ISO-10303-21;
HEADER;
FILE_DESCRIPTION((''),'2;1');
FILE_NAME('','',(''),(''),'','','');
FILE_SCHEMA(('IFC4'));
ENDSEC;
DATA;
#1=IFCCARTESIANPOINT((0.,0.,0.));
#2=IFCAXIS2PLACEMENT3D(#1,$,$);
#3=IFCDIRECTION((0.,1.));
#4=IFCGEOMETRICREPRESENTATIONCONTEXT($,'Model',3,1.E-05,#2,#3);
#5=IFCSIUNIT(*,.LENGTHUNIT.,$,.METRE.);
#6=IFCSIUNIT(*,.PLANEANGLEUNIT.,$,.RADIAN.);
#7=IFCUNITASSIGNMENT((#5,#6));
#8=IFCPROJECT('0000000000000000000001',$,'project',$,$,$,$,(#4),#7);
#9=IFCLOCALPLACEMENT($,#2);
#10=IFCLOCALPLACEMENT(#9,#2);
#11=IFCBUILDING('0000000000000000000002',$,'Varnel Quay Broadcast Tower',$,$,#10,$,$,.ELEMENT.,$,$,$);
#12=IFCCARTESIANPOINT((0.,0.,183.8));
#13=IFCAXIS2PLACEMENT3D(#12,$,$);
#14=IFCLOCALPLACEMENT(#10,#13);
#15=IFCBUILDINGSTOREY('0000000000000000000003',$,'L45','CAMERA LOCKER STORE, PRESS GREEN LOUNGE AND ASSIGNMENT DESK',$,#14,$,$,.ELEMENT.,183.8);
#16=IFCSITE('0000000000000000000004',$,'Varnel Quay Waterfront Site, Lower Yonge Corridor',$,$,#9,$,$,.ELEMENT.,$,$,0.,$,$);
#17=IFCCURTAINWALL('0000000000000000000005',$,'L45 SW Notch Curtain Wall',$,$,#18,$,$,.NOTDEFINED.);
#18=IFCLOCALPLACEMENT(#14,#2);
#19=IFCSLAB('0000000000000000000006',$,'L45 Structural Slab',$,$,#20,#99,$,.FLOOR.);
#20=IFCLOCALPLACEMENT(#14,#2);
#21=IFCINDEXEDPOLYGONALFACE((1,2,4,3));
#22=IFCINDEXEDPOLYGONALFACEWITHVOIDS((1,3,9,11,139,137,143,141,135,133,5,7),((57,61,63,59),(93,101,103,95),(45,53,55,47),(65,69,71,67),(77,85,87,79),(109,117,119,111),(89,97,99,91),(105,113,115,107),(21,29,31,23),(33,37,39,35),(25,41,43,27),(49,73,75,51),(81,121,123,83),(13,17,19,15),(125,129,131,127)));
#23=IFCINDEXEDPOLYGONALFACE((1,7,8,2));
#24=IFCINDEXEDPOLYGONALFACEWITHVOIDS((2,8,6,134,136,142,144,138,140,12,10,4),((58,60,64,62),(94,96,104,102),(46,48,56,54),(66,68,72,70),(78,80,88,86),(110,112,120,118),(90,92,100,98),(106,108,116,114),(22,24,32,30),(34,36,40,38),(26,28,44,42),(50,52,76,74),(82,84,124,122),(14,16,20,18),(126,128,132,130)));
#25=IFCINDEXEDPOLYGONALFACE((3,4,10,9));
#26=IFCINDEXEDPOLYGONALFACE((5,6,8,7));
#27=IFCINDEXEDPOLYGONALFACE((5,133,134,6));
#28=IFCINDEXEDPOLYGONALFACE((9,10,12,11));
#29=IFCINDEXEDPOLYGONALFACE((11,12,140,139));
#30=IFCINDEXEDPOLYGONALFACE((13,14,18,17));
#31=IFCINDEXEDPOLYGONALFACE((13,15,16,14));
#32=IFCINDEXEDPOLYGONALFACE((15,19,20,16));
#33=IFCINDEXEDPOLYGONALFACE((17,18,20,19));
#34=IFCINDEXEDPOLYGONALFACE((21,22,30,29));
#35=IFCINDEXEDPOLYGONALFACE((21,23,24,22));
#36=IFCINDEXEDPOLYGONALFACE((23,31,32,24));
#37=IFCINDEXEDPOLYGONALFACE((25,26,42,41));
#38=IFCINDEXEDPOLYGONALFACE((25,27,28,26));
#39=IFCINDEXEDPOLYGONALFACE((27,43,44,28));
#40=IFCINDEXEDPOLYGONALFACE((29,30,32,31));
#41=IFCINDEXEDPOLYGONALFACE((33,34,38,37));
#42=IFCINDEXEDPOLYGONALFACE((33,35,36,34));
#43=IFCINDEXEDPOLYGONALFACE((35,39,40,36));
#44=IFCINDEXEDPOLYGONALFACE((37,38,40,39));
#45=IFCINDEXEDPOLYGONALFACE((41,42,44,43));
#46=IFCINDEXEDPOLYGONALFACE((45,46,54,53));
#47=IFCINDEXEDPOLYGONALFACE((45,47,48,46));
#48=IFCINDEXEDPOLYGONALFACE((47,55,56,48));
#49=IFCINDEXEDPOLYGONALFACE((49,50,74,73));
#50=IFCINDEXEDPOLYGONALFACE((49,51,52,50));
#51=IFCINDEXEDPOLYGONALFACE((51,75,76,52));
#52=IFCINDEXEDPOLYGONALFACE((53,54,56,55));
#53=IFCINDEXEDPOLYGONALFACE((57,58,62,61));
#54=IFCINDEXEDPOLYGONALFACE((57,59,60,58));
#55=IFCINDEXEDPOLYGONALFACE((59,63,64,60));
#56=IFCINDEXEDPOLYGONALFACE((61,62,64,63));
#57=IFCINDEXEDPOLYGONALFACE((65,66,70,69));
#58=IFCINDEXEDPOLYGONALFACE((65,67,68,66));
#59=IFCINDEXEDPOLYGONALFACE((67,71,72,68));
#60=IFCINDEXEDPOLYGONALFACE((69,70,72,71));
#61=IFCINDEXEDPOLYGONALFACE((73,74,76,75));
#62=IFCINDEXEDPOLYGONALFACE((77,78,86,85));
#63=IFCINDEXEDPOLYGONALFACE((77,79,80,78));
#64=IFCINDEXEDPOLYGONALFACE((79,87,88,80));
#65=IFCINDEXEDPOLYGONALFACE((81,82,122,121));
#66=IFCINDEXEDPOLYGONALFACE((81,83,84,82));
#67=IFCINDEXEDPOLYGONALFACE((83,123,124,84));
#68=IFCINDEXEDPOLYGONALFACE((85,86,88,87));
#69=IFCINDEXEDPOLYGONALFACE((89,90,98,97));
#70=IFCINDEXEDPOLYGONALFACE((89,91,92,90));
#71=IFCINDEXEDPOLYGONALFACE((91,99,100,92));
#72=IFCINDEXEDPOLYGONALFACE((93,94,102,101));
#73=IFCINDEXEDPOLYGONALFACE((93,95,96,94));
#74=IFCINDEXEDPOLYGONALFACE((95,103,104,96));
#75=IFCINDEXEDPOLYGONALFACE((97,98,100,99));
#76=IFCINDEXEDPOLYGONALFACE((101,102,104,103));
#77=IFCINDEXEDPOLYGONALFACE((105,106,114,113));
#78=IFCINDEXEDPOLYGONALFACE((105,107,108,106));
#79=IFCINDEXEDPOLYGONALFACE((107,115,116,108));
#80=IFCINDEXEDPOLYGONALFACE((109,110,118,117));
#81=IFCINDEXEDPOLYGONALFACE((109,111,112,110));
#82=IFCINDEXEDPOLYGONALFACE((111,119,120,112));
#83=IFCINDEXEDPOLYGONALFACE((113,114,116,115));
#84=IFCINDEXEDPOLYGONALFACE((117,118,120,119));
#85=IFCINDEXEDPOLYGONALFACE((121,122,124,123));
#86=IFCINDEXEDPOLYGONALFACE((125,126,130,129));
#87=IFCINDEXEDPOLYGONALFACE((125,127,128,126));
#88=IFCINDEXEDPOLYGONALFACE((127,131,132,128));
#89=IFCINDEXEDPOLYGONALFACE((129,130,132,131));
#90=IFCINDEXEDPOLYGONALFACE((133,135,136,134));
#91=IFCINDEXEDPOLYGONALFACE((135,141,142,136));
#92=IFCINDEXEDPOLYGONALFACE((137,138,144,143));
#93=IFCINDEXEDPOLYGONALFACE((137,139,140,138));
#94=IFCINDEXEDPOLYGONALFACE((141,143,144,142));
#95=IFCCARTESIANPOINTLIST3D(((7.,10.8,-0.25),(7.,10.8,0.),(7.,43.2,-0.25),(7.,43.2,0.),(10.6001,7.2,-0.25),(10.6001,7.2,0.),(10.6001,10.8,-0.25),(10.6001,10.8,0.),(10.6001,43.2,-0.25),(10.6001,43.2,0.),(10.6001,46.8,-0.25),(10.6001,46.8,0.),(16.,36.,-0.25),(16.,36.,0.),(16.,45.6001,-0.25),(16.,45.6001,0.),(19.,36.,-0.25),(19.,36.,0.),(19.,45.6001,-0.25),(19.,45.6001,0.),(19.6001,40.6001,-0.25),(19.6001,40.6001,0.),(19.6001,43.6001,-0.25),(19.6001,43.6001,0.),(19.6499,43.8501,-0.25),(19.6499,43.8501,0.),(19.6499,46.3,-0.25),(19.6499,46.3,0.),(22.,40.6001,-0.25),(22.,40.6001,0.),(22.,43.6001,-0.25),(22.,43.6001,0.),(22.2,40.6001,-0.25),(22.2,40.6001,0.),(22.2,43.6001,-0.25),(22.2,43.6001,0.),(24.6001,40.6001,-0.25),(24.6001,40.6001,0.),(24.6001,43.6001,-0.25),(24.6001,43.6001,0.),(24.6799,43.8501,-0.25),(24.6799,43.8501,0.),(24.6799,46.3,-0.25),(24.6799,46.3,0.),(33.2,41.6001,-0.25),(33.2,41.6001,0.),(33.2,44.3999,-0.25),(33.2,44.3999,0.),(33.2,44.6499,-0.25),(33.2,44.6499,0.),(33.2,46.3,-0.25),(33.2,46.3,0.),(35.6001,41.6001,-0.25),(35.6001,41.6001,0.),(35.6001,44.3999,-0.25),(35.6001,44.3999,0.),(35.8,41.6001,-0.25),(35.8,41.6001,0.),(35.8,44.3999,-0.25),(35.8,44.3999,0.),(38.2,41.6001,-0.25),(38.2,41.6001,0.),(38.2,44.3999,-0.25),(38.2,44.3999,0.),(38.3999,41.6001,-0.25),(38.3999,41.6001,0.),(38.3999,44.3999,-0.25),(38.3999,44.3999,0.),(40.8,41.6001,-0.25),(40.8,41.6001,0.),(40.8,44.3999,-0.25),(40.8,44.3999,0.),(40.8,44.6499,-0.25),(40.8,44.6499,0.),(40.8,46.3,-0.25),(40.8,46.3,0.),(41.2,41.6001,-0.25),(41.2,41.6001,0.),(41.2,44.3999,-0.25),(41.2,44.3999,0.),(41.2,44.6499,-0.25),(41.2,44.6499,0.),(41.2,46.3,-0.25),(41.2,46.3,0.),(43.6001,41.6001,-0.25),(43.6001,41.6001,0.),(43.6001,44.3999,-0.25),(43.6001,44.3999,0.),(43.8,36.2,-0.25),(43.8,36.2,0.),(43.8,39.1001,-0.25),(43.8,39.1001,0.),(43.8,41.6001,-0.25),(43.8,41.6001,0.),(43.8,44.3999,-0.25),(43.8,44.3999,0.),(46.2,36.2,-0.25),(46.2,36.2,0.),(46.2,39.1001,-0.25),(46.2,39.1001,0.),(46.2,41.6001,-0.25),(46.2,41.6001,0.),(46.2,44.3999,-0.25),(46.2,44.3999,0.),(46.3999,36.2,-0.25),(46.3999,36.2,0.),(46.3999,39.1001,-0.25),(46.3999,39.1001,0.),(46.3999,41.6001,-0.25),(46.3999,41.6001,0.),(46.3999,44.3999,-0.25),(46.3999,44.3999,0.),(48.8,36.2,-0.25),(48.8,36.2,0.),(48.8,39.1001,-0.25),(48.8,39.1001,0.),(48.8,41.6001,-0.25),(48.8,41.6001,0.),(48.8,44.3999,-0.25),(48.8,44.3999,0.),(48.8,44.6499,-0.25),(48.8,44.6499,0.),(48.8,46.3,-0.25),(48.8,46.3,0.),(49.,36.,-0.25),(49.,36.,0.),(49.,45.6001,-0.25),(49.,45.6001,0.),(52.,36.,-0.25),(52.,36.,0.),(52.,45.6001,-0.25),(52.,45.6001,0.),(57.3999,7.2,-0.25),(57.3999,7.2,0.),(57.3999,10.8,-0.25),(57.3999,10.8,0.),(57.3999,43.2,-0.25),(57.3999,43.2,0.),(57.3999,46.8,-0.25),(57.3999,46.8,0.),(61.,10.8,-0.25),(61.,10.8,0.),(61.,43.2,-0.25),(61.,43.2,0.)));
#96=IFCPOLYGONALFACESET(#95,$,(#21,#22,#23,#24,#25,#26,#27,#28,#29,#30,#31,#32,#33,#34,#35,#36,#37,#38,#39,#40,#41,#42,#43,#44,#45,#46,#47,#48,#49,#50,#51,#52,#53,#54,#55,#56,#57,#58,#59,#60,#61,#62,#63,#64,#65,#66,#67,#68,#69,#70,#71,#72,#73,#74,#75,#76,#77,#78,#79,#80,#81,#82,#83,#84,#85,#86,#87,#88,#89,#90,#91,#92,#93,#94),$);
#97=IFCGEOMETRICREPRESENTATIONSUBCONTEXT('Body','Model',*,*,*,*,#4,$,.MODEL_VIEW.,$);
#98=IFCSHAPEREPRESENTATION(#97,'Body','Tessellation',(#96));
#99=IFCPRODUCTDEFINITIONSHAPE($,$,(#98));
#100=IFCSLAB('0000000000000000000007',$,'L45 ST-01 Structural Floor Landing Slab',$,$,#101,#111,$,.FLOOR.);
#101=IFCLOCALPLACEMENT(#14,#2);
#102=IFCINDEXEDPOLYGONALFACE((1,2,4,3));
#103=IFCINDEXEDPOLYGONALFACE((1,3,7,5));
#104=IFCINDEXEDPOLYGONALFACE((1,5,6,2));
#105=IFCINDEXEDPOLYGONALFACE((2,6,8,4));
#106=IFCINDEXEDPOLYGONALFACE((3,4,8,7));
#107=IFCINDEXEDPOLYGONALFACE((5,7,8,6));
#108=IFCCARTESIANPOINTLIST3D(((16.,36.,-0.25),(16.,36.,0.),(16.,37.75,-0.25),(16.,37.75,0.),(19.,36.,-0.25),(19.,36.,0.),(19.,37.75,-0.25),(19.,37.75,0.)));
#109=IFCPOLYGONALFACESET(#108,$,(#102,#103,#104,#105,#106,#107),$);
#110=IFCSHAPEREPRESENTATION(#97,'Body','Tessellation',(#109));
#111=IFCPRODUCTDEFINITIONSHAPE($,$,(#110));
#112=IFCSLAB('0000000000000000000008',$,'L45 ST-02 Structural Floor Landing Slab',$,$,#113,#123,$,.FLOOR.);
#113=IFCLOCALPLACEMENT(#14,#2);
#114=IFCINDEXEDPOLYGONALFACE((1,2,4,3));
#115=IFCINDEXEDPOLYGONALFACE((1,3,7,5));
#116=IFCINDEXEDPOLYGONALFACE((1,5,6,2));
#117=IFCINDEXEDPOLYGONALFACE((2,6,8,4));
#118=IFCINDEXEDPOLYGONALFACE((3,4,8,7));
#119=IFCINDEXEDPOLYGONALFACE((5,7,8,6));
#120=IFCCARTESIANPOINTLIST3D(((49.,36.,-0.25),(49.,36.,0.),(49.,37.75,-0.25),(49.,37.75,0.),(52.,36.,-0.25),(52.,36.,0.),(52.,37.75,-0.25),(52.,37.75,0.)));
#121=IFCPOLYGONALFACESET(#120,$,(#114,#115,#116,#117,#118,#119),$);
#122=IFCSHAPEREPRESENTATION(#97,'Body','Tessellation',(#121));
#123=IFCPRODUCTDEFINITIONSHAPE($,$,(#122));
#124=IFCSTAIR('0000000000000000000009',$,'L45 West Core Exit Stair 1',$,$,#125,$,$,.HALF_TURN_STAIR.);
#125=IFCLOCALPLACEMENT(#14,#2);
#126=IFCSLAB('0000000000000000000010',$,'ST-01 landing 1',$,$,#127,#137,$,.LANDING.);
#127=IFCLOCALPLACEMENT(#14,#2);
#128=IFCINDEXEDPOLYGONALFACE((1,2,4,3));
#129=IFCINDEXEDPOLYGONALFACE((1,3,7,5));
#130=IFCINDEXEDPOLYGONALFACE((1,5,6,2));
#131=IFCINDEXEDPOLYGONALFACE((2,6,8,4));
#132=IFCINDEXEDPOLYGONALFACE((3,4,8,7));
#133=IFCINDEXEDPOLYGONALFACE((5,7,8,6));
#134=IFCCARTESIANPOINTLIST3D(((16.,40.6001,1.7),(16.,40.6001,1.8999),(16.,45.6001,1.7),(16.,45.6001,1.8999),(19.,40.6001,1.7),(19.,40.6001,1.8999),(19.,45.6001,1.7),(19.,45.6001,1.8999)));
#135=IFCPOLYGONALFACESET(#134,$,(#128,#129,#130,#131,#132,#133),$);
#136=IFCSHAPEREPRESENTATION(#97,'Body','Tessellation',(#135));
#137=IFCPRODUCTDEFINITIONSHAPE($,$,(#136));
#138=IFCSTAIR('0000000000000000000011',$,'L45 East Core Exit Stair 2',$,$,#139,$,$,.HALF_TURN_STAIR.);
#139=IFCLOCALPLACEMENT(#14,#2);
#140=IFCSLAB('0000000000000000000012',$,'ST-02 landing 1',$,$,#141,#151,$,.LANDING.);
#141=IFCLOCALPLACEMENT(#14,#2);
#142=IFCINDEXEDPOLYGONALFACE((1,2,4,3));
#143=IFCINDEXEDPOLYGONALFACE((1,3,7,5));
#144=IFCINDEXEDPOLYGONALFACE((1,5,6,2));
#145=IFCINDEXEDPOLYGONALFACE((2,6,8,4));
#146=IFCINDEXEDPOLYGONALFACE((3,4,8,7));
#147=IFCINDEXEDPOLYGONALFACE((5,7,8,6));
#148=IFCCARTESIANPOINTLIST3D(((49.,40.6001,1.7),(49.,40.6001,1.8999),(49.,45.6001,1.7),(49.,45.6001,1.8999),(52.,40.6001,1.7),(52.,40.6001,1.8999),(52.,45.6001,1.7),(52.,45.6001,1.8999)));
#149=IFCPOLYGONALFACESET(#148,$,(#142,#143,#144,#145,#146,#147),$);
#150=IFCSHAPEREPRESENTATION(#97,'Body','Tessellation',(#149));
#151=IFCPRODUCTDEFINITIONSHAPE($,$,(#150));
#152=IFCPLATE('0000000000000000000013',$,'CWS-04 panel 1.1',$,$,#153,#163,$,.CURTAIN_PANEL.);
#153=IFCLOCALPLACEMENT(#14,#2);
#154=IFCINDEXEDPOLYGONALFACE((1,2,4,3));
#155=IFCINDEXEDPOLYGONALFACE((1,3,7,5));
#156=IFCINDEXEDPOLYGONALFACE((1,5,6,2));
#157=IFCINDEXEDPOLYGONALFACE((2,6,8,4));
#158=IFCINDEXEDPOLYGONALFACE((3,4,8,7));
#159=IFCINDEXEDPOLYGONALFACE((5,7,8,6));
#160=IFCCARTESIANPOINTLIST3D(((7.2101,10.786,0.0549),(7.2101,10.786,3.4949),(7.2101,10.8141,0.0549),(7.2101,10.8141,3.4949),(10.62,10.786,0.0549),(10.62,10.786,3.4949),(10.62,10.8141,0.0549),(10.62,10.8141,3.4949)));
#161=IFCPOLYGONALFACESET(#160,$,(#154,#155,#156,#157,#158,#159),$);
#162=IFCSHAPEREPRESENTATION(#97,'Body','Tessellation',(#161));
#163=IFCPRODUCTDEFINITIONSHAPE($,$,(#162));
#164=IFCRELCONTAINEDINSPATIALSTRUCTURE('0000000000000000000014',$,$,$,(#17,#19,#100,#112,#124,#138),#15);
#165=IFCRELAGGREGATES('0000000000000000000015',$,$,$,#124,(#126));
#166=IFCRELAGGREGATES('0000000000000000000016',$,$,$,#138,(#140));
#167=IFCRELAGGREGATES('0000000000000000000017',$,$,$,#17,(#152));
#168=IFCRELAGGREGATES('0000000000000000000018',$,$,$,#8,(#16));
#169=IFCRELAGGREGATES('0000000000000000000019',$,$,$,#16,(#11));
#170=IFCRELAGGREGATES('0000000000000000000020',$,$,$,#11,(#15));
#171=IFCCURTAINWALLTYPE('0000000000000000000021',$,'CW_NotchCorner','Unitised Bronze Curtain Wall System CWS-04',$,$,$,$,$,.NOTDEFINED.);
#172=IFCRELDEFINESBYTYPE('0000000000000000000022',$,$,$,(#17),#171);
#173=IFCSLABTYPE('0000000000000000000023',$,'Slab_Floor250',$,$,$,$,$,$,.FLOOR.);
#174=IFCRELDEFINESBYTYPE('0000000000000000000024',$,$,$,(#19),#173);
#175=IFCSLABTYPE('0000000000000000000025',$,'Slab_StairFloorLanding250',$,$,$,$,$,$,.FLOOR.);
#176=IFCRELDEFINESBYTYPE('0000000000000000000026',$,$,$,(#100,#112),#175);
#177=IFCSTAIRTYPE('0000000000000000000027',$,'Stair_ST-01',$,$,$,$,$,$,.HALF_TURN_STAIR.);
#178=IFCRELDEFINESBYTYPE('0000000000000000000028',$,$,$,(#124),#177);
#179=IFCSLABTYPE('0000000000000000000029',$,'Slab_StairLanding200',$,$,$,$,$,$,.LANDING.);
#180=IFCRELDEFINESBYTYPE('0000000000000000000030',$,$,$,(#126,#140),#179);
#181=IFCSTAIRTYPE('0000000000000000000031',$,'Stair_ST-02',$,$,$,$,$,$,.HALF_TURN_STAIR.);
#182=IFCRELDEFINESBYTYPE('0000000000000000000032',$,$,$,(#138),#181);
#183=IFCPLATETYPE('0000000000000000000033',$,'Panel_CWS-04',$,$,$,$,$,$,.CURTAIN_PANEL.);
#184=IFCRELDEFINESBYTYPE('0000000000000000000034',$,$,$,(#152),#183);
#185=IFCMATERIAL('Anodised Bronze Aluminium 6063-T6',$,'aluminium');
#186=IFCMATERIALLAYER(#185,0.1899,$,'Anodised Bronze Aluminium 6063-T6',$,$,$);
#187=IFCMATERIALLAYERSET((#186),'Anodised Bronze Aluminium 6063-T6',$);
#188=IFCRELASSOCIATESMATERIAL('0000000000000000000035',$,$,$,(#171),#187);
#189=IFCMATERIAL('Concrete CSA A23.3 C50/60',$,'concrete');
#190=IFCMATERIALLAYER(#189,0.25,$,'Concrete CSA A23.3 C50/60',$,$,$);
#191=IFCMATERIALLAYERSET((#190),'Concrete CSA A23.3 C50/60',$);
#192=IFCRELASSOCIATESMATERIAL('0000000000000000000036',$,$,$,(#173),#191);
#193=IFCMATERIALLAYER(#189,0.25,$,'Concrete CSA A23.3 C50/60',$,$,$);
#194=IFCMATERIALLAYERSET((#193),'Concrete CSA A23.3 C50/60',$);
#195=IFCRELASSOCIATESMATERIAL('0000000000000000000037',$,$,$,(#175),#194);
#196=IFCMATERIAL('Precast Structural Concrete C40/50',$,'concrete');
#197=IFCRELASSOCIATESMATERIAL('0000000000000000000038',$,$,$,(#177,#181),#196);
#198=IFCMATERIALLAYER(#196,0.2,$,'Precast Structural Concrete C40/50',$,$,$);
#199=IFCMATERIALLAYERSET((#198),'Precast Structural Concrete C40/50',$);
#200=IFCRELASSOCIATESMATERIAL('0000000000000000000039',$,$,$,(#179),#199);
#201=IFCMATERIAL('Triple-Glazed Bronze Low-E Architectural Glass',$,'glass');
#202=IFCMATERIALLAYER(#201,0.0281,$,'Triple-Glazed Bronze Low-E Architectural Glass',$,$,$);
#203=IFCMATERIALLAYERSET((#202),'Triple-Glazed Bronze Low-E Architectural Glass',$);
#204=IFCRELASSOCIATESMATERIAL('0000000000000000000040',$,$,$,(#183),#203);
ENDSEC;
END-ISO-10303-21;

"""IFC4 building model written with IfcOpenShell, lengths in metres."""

from ifc_helpers import new_model, si_unit, direction, frame, origin, origin_2d, place, context, subcontext, project, spatial, polyline, rectangle, outline, extrude, source, transform, mapped, material, layer, layer_set, type_object, type_shapes, element, aggregate, save


model = new_model("IFC4")

# Units and contexts
model_context = context("Model", 3, precision=1e-05, world=origin(), true_north=direction((0.0, 1.0)))
body_context = subcontext(model_context, "Body", "Model", "MODEL_VIEW")
ifc_project = project(units=[si_unit("LENGTHUNIT", "METRE"), si_unit("PLANEANGLEUNIT", "RADIAN")], contexts=[model_context])

# Site, building, storey
site_placement = place(None, origin())
site = spatial("IfcSite", under=ifc_project, at=site_placement, Name="Varnel Quay Waterfront Site, Lower Yonge Corridor", CompositionType="ELEMENT", RefElevation=0.0)
building_placement = place(site_placement, origin())
building = spatial("IfcBuilding", under=site, at=building_placement, Name="Varnel Quay Broadcast Tower", CompositionType="ELEMENT")
storey_placement = place(building_placement, frame((0.0, 0.0, 183.8)))
storey = spatial("IfcBuildingStorey", under=building, at=storey_placement, Name="L45", Description="CAMERA LOCKER STORE, PRESS GREEN LOUNGE AND ASSIGNMENT DESK", CompositionType="ELEMENT", Elevation=183.8)

# Curtain wall
ifc_material_1 = material(Name="Anodised Bronze Aluminium 6063-T6", Category="aluminium")
ifc_layer_1 = layer(ifc_material_1, 0.1899, Name="Anodised Bronze Aluminium 6063-T6")
ifc_layer_set_1 = layer_set([ifc_layer_1], Name="Anodised Bronze Aluminium 6063-T6")
curtain_wall_type_1 = type_object("IfcCurtainWallType", Name="CW_NotchCorner", Description="Unitised Bronze Curtain Wall System CWS-04", PredefinedType="NOTDEFINED", material=ifc_layer_set_1)
curtain_wall_1_placement = place(storey_placement, origin())
curtain_wall_1 = element("IfcCurtainWall", 1, at=curtain_wall_1_placement, inside=storey, type_object=curtain_wall_type_1, Name="L45 SW Notch Curtain Wall", PredefinedType="NOTDEFINED")

# Slabs
ifc_material_2 = material(Name="Concrete CSA A23.3 C50/60", Category="concrete")
ifc_layer_2 = layer(ifc_material_2, 0.25, Name="Concrete CSA A23.3 C50/60")
ifc_layer_set_2 = layer_set([ifc_layer_2], Name="Concrete CSA A23.3 C50/60")
slab_type_1 = type_object("IfcSlabType", Name="Slab_Floor250", PredefinedType="FLOOR", material=ifc_layer_set_2)
slab_1_placement = place(storey_placement, frame((0.0, 0.0, -0.25)))
element("IfcSlab", 2, at=slab_1_placement, inside=storey, type_object=slab_type_1, Name="L45 Structural Slab", PredefinedType="FLOOR", context=body_context, shape_type="SweptSolid", body=[
    extrude(outline(polyline([(10.6001, 7.2), (57.3999, 7.2), (57.3999, 10.8), (61.0, 10.8), (61.0, 43.2), (57.3999, 43.2), (57.3999, 46.8), (10.6001, 46.8), (10.6001, 43.2), (7.0, 43.2), (7.0, 10.8), (10.6001, 10.8), (10.6001, 7.2)]), holes=[polyline([(19.0, 36.0), (16.0, 36.0), (16.0, 45.6001), (19.0, 45.6001), (19.0, 36.0)]), polyline([(19.6001, 43.6001), (22.0, 43.6001), (22.0, 40.6001), (19.6001, 40.6001), (19.6001, 43.6001)]), polyline([(22.2, 43.6001), (24.6001, 43.6001), (24.6001, 40.6001), (22.2, 40.6001), (22.2, 43.6001)]), polyline([(33.2, 44.3999), (35.6001, 44.3999), (35.6001, 41.6001), (33.2, 41.6001), (33.2, 44.3999)]), polyline([(35.8, 44.3999), (38.2, 44.3999), (38.2, 41.6001), (35.8, 41.6001), (35.8, 44.3999)]), polyline([(38.3999, 44.3999), (40.8, 44.3999), (40.8, 41.6001), (38.3999, 41.6001), (38.3999, 44.3999)]), polyline([(19.6499, 46.3), (24.6799, 46.3), (24.6799, 43.8501), (19.6499, 43.8501), (19.6499, 46.3)]), polyline([(33.2, 46.3), (40.8, 46.3), (40.8, 44.6499), (33.2, 44.6499), (33.2, 46.3)]), polyline([(43.8, 39.1001), (46.2, 39.1001), (46.2, 36.2), (43.8, 36.2), (43.8, 39.1001)]), polyline([(46.3999, 39.1001), (48.8, 39.1001), (48.8, 36.2), (46.3999, 36.2), (46.3999, 39.1001)]), polyline([(49.0, 36.0), (49.0, 45.6001), (52.0, 45.6001), (52.0, 36.0), (49.0, 36.0)]), polyline([(41.2, 44.3999), (43.6001, 44.3999), (43.6001, 41.6001), (41.2, 41.6001), (41.2, 44.3999)]), polyline([(43.8, 44.3999), (46.2, 44.3999), (46.2, 41.6001), (43.8, 41.6001), (43.8, 44.3999)]), polyline([(46.3999, 44.3999), (48.8, 44.3999), (48.8, 41.6001), (46.3999, 41.6001), (46.3999, 44.3999)]), polyline([(41.2, 46.3), (48.8, 46.3), (48.8, 44.6499), (41.2, 44.6499), (41.2, 46.3)])]), origin(), (0.0, 0.0, 1.0), 0.25),
])
ifc_layer_3 = layer(ifc_material_2, 0.25, Name="Concrete CSA A23.3 C50/60")
ifc_layer_set_3 = layer_set([ifc_layer_3], Name="Concrete CSA A23.3 C50/60")
slab_type_2 = type_object("IfcSlabType", Name="Slab_StairFloorLanding250", PredefinedType="FLOOR", material=ifc_layer_set_3)
slab_2_placement = place(storey_placement, frame((0.0, 0.0, -0.25)))
element("IfcSlab", 3, at=slab_2_placement, inside=storey, type_object=slab_type_2, Name="L45 ST-01 Structural Floor Landing Slab", PredefinedType="FLOOR", context=body_context, shape_type="SweptSolid", body=[
    extrude(outline(polyline([(19.0, 36.0), (19.0, 37.75), (16.0, 37.75), (16.0, 36.0), (19.0, 36.0)])), origin(), (0.0, 0.0, 1.0), 0.25),
])
slab_3_placement = place(storey_placement, frame((0.0, 0.0, -0.25)))
element("IfcSlab", 4, at=slab_3_placement, inside=storey, type_object=slab_type_2, Name="L45 ST-02 Structural Floor Landing Slab", PredefinedType="FLOOR", context=body_context, shape_type="SweptSolid", body=[
    extrude(outline(polyline([(52.0, 36.0), (52.0, 37.75), (49.0, 37.75), (49.0, 36.0), (52.0, 36.0)])), origin(), (0.0, 0.0, 1.0), 0.25),
])

# Stairs, slabs
ifc_material_3 = material(Name="Precast Structural Concrete C40/50", Category="concrete")
stair_type_1 = type_object("IfcStairType", Name="Stair_ST-01", PredefinedType="HALF_TURN_STAIR", material=ifc_material_3)
stair_1_placement = place(storey_placement, origin())
stair_1 = element("IfcStair", 5, at=stair_1_placement, inside=storey, type_object=stair_type_1, Name="L45 West Core Exit Stair 1", PredefinedType="HALF_TURN_STAIR")
ifc_layer_4 = layer(ifc_material_3, 0.2, Name="Precast Structural Concrete C40/50")
ifc_layer_set_4 = layer_set([ifc_layer_4], Name="Precast Structural Concrete C40/50")
slab_type_3 = type_object("IfcSlabType", Name="Slab_StairLanding200", PredefinedType="LANDING", material=ifc_layer_set_4)
slab_4_placement = place(storey_placement, frame((0.0, 0.0, 1.7)))
slab_4 = element("IfcSlab", 6, at=slab_4_placement, type_object=slab_type_3, Name="ST-01 landing 1", PredefinedType="LANDING", context=body_context, shape_type="SweptSolid", body=[
    extrude(outline(polyline([(19.0, 40.6001), (19.0, 45.6001), (16.0, 45.6001), (16.0, 40.6001), (19.0, 40.6001)])), origin(), (0.0, 0.0, 1.0), 0.2),
])
aggregate(stair_1, [slab_4])
stair_type_2 = type_object("IfcStairType", Name="Stair_ST-02", PredefinedType="HALF_TURN_STAIR", material=ifc_material_3)
stair_2_placement = place(storey_placement, origin())
stair_2 = element("IfcStair", 7, at=stair_2_placement, inside=storey, type_object=stair_type_2, Name="L45 East Core Exit Stair 2", PredefinedType="HALF_TURN_STAIR")
slab_5_placement = place(storey_placement, frame((0.0, 0.0, 1.7)))
slab_5 = element("IfcSlab", 8, at=slab_5_placement, type_object=slab_type_3, Name="ST-02 landing 1", PredefinedType="LANDING", context=body_context, shape_type="SweptSolid", body=[
    extrude(outline(polyline([(52.0, 40.6001), (52.0, 45.6001), (49.0, 45.6001), (49.0, 40.6001), (52.0, 40.6001)])), origin(), (0.0, 0.0, 1.0), 0.2),
])
aggregate(stair_2, [slab_5])

# Plate
ifc_material_4 = material(Name="Triple-Glazed Bronze Low-E Architectural Glass", Category="glass")
ifc_layer_5 = layer(ifc_material_4, 0.0281, Name="Triple-Glazed Bronze Low-E Architectural Glass")
ifc_layer_set_5 = layer_set([ifc_layer_5], Name="Triple-Glazed Bronze Low-E Architectural Glass")
plate_type = type_object("IfcPlateType", Name="Panel_CWS-04", PredefinedType="CURTAIN_PANEL", material=ifc_layer_set_5)
shared_shape_1 = source(origin(), body_context, "Body", "SweptSolid", [
    extrude(rectangle(XDim=3.4099, YDim=0.0281, at=origin_2d()), origin(), (0.0, 0.0, 1.0), 3.4399),
])
type_shapes(plate_type, [shared_shape_1])
plate_placement = place(storey_placement, frame((8.915, 10.8, 0.0549), z_axis=(0.0, 0.0, 1.0), x_axis=(1.0, 0.0, 0.0)))
plate = element("IfcPlate", 9, at=plate_placement, type_object=plate_type, Name="CWS-04 panel 1.1", PredefinedType="CURTAIN_PANEL", context=body_context, shape_type="MappedRepresentation", body=[
    mapped(shared_shape_1, transform((0.0, 0.0, 0.0), x_axis=(1.0, 0.0, 0.0), y_axis=(0.0, 1.0, 0.0), z_axis=(0.0, 0.0, 1.0), scale=1.0)),
])
aggregate(curtain_wall_1, [plate])

save(model, "model.ifc")
